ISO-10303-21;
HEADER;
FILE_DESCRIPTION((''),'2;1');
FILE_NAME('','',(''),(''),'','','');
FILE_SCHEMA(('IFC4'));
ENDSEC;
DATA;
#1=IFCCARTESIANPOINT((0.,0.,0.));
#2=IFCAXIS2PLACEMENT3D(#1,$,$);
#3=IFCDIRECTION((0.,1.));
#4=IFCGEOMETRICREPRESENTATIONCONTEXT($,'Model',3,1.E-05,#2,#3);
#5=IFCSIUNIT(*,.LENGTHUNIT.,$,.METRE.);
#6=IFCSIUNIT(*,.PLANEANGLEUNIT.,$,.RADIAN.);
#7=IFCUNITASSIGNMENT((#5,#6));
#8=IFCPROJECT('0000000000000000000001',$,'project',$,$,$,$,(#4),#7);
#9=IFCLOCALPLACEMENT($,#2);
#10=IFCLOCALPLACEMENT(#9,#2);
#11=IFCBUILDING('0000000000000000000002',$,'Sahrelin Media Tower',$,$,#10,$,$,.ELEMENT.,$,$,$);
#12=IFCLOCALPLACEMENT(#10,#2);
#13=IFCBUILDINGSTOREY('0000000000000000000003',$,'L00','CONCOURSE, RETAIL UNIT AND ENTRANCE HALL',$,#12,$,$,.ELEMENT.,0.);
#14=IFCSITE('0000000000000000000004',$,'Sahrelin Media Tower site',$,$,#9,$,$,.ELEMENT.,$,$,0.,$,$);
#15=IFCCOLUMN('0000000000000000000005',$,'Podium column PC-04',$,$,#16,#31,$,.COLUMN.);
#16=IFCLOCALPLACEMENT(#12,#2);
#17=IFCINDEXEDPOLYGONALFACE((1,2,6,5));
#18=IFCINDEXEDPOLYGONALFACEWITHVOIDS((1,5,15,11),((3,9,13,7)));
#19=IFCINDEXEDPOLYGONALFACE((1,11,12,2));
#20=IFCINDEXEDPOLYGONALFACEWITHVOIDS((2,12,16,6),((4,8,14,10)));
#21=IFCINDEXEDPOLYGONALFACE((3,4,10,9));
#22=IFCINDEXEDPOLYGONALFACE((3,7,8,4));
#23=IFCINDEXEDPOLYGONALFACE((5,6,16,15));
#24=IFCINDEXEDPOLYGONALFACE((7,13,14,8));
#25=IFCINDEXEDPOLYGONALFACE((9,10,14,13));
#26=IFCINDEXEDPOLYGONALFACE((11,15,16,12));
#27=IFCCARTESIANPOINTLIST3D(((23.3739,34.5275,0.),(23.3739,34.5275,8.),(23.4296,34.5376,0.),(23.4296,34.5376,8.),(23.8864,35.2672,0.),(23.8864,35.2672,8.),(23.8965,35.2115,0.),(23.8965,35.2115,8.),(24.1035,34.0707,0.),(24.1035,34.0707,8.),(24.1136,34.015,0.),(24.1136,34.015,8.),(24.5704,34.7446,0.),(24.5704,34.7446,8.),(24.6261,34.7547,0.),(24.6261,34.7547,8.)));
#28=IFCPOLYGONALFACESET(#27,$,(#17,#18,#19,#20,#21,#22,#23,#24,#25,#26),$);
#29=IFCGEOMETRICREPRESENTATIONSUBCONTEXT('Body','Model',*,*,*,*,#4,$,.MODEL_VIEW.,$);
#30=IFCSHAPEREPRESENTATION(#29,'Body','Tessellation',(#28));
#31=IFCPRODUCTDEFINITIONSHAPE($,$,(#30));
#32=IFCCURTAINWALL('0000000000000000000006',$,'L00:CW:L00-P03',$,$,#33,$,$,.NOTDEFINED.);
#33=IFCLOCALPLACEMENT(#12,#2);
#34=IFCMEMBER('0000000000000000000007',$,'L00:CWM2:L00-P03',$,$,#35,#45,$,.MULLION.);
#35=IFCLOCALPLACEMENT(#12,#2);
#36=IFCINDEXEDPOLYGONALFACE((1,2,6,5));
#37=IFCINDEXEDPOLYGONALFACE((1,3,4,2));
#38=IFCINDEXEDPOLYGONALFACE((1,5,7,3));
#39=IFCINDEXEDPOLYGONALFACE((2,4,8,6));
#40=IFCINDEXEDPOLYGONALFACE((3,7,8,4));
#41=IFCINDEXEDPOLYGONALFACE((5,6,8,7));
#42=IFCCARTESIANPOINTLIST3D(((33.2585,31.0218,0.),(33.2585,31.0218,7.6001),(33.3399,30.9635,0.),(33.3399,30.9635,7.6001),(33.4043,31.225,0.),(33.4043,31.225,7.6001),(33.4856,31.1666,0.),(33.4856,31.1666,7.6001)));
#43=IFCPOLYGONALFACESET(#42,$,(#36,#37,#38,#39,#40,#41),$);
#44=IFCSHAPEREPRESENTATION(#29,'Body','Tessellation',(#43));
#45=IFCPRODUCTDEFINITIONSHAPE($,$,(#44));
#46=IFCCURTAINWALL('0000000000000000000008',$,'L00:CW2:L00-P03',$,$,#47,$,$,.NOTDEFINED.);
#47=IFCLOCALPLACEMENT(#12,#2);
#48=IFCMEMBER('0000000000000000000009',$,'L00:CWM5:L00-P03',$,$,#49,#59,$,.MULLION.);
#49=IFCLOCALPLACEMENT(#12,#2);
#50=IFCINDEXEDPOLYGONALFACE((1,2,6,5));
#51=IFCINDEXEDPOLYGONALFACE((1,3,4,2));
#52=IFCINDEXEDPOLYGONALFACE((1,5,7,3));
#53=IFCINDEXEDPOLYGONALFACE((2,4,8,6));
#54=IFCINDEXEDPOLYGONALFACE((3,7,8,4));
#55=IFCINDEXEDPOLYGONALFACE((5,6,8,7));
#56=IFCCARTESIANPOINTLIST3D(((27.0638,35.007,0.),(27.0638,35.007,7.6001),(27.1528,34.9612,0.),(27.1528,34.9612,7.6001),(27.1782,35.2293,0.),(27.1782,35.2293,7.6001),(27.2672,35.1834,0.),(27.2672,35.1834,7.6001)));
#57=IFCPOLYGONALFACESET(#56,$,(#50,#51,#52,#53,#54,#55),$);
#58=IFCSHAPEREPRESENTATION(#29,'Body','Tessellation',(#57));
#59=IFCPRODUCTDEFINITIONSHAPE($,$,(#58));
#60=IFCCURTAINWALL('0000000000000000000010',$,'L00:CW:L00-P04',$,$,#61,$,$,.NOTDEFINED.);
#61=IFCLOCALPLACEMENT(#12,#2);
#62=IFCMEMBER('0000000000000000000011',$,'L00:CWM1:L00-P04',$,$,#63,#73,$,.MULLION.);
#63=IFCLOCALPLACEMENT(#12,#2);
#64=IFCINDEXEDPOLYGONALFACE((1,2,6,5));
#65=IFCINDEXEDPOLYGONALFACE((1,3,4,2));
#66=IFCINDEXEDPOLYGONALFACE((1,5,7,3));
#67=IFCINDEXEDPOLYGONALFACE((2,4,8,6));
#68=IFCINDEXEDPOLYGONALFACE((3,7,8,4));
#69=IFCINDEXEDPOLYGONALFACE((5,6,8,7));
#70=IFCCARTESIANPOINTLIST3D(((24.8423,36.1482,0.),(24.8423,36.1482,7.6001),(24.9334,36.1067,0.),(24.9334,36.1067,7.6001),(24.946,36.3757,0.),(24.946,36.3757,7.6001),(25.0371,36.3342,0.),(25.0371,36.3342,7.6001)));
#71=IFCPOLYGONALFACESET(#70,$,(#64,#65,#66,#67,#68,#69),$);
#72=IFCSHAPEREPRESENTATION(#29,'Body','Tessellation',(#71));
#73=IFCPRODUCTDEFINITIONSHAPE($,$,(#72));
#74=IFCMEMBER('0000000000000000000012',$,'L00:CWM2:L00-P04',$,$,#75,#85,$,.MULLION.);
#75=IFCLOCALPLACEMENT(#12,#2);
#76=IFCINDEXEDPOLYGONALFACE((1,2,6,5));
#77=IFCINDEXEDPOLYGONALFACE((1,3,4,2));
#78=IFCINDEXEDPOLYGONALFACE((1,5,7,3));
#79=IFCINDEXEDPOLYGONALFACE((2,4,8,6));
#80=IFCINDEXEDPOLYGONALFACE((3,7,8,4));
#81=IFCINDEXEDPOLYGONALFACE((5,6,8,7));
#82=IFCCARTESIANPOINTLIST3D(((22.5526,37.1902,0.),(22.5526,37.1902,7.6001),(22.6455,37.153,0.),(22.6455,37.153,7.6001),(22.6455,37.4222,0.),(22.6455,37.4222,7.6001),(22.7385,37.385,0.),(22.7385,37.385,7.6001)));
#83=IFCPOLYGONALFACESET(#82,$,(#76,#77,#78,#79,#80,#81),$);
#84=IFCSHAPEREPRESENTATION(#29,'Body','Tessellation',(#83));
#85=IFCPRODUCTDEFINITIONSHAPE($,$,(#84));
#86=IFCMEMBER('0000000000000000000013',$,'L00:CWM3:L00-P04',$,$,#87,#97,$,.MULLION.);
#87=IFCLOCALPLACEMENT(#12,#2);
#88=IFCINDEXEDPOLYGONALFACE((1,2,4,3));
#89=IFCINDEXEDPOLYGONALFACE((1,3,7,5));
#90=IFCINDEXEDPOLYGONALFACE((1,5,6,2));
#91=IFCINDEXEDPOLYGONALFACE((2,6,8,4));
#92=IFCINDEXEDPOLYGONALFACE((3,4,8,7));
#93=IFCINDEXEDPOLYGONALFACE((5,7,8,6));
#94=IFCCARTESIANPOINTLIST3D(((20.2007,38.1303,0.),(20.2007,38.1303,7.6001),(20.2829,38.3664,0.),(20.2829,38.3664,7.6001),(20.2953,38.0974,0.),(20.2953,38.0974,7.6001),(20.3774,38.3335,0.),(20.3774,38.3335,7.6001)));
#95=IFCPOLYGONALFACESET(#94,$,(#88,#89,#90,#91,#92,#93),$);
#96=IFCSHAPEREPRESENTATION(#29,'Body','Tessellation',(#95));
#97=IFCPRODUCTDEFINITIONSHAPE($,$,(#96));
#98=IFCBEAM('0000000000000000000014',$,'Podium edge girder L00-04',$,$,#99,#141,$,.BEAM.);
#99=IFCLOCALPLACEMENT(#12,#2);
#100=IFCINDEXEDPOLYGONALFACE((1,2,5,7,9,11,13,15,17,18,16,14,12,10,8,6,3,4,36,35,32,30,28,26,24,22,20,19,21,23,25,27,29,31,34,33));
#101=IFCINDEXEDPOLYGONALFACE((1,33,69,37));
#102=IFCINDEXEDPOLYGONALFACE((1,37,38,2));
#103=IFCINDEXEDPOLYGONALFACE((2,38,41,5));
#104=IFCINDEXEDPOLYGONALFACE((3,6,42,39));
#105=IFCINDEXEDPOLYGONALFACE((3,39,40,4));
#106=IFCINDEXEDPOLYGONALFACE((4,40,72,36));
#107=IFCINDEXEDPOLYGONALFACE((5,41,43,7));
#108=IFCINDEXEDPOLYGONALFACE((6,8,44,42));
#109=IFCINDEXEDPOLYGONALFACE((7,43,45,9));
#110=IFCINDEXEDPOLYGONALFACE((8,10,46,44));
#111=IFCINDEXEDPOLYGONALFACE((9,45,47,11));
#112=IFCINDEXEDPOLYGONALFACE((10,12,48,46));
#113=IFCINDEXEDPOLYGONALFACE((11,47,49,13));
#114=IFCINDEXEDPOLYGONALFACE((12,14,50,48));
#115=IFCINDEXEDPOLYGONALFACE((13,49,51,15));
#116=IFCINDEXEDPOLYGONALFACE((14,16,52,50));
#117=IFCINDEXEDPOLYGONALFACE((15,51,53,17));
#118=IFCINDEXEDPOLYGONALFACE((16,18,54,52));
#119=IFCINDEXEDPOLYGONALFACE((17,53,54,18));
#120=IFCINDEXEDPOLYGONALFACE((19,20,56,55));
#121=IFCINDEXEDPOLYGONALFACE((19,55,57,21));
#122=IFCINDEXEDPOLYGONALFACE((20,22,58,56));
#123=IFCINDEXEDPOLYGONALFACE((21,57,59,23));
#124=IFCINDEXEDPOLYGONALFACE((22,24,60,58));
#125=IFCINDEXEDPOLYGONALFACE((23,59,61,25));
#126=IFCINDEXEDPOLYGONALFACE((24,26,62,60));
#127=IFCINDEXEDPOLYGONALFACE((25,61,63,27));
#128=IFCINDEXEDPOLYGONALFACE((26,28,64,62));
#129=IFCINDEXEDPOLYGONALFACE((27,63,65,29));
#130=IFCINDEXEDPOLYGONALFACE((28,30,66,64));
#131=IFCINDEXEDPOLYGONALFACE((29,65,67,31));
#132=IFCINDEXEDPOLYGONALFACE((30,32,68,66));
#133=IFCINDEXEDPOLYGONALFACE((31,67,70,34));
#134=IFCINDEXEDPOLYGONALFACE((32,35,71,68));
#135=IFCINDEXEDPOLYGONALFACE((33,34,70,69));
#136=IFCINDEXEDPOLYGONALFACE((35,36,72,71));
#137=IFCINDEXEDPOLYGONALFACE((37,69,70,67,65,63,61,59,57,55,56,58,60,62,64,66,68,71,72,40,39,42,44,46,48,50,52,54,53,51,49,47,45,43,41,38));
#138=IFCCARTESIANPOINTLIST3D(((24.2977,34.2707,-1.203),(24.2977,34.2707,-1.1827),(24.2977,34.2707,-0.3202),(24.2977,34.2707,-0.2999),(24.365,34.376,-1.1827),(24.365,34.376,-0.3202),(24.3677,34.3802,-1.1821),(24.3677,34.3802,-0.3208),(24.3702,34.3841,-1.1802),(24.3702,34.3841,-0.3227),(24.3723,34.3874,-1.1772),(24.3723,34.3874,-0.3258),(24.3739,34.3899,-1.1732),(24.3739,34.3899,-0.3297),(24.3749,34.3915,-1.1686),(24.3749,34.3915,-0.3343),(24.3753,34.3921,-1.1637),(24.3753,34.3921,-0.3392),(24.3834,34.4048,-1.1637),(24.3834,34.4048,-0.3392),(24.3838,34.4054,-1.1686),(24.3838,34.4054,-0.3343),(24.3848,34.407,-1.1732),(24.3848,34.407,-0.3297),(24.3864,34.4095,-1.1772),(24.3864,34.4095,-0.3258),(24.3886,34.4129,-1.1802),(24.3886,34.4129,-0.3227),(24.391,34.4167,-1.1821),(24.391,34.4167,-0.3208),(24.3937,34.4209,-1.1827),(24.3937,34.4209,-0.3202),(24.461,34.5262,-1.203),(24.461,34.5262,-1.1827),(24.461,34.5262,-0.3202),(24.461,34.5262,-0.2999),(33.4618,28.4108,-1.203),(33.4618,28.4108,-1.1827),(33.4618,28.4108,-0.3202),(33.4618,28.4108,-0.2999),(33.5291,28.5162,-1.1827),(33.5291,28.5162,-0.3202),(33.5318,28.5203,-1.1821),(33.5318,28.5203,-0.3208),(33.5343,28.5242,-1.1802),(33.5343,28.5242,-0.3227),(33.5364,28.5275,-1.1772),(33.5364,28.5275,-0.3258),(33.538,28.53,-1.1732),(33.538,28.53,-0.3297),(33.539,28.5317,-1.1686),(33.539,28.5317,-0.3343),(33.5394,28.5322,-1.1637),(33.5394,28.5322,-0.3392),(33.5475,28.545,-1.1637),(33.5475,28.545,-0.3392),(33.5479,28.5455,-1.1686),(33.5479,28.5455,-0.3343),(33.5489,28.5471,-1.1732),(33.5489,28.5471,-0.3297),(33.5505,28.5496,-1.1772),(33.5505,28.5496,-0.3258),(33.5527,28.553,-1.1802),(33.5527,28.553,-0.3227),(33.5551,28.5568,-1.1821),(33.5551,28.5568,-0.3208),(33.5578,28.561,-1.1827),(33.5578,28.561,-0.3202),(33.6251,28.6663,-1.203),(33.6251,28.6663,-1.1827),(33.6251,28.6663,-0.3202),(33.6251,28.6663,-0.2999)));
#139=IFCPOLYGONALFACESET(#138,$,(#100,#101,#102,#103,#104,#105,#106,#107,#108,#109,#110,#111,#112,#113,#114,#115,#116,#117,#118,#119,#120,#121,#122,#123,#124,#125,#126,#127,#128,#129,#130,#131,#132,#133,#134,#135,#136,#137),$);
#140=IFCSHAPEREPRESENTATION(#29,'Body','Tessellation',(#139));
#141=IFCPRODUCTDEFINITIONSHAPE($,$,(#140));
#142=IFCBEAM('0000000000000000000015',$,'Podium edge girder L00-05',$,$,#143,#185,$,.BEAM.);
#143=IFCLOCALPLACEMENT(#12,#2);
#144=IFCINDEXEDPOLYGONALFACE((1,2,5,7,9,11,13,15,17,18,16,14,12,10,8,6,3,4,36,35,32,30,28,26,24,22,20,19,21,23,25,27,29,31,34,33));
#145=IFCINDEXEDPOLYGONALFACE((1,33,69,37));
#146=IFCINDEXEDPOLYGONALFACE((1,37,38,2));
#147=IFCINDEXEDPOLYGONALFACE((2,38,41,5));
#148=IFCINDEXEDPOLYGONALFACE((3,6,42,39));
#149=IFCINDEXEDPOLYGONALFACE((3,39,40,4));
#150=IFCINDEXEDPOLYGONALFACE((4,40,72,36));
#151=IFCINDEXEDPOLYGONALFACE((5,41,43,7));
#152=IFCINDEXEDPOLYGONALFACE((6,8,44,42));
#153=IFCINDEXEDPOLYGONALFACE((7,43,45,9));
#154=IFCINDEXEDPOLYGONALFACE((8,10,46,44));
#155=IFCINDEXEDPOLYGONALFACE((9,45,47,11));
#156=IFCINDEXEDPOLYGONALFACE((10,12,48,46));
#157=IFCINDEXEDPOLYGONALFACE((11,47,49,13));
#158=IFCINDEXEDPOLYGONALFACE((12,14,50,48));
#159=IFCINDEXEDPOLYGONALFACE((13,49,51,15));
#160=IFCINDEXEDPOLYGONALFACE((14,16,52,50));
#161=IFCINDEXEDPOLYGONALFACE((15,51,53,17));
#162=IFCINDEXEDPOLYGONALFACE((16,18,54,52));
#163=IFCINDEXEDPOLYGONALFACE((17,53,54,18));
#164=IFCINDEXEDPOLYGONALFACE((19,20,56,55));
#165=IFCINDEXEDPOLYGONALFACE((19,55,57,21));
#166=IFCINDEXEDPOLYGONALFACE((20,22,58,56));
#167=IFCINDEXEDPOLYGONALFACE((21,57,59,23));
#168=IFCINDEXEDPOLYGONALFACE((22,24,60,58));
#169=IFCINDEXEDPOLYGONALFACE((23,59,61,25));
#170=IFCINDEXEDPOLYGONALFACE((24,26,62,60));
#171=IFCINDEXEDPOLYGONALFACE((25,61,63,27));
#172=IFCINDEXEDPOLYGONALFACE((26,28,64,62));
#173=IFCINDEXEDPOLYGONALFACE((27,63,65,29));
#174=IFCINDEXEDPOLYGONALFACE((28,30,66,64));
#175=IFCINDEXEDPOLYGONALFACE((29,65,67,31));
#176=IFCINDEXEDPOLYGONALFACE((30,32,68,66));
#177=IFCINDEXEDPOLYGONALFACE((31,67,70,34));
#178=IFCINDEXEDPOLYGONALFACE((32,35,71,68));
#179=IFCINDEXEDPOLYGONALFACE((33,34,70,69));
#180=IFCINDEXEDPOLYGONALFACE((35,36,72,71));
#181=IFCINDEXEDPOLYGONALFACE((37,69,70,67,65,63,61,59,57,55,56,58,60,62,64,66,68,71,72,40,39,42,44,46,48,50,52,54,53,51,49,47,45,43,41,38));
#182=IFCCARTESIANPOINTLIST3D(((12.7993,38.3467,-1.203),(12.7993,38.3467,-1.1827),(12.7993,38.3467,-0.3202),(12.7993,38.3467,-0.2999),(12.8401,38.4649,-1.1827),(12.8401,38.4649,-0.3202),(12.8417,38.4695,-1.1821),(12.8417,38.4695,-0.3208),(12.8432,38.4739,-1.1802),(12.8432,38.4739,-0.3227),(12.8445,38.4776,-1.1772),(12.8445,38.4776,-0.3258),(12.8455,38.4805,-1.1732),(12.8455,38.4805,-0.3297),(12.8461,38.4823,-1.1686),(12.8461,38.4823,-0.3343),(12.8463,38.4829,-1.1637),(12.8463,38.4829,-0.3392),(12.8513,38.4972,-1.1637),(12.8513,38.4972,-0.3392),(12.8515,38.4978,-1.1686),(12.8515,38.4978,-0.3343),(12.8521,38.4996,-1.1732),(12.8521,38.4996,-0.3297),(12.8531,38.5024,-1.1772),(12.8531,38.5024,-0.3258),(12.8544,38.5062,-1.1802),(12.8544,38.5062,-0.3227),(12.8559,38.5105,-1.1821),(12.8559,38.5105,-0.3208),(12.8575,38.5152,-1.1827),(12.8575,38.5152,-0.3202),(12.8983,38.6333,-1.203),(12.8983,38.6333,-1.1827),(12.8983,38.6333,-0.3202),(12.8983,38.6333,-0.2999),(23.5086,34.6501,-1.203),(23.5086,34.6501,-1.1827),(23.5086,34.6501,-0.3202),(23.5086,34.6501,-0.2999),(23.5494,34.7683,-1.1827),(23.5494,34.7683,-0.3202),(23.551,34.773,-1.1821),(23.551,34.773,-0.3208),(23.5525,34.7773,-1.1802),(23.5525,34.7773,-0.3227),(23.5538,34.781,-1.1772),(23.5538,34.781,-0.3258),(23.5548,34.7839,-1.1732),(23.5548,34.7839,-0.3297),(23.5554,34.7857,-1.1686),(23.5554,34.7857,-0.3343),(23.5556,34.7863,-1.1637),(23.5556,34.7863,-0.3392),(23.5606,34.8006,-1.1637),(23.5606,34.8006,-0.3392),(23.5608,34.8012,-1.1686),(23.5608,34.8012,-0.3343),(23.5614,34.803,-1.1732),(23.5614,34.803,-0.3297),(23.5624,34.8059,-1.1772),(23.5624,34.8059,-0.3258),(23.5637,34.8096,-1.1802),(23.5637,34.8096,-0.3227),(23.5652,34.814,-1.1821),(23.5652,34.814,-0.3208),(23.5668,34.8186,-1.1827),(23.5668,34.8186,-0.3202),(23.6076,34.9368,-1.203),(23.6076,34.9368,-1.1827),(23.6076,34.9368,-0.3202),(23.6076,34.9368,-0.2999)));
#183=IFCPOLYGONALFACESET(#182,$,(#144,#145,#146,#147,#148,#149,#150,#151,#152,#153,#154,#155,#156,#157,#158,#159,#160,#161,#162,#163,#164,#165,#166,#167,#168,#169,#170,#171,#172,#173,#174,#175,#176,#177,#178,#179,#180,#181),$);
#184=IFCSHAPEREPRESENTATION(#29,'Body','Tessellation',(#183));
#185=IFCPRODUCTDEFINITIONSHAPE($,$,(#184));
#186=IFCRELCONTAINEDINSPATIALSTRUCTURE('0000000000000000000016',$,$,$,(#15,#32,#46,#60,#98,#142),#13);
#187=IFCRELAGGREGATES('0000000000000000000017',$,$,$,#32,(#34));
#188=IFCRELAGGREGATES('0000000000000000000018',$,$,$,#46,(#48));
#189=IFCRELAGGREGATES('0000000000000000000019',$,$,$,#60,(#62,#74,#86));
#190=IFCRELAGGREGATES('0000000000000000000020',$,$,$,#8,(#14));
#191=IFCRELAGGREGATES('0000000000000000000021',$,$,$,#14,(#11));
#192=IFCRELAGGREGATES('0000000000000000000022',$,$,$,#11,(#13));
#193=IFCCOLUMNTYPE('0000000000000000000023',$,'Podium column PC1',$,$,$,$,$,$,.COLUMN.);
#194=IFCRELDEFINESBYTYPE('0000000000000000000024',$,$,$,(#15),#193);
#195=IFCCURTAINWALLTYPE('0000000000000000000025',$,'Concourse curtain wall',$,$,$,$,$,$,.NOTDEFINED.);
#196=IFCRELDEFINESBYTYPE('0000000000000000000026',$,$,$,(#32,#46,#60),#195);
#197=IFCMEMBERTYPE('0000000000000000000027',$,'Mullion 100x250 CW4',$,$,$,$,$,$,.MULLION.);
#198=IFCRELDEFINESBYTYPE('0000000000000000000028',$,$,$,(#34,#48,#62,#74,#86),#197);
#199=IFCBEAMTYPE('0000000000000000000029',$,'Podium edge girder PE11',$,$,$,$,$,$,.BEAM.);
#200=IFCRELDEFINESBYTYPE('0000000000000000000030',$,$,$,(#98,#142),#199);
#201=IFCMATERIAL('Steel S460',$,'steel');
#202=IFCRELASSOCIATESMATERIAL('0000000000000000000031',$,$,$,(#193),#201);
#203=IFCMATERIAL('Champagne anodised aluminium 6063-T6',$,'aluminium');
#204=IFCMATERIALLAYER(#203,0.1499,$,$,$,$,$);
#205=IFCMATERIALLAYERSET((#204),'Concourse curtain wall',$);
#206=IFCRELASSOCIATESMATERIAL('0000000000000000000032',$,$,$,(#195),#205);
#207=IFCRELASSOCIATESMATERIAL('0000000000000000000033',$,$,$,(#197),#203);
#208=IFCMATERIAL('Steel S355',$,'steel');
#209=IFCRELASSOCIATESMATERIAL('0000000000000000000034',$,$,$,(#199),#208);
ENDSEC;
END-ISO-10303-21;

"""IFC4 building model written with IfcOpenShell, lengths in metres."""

from ifc_helpers import new_model, si_unit, direction, frame, origin, origin_2d, place, context, subcontext, project, spatial, rectangle, hollow_rectangle, i_section, extrude, material, layer, layer_set, material_profile, profile_set, type_object, element, aggregate, save


model = new_model("IFC4")

# Units and contexts
model_context = context("Model", 3, precision=1e-05, world=origin(), true_north=direction((0.0, 1.0)))
body_context = subcontext(model_context, "Body", "Model", "MODEL_VIEW")
ifc_project = project(units=[si_unit("LENGTHUNIT", "METRE"), si_unit("PLANEANGLEUNIT", "RADIAN")], contexts=[model_context])

# Site, building, storey
site_placement = place(None, origin())
site = spatial("IfcSite", under=ifc_project, at=site_placement, Name="Sahrelin Media Tower site", CompositionType="ELEMENT", RefElevation=0.0)
building_placement = place(site_placement, origin())
building = spatial("IfcBuilding", under=site, at=building_placement, Name="Sahrelin Media Tower", CompositionType="ELEMENT")
storey_placement = place(building_placement, origin())
storey = spatial("IfcBuildingStorey", under=building, at=storey_placement, Name="L00", Description="CONCOURSE, RETAIL UNIT AND ENTRANCE HALL", CompositionType="ELEMENT", Elevation=0.0)

# Column
ifc_material_1 = material(Name="Steel S460", Category="steel")
ifc_material_profile_1 = material_profile(ifc_material_1, hollow_rectangle(XDim=0.8999, YDim=0.8999, WallThickness=0.04, at=origin_2d()), Name="Podium column PC1")
ifc_profile_set_1 = profile_set([ifc_material_profile_1], Name="Steel S460")
column_type = type_object("IfcColumnType", Name="Podium column PC1", PredefinedType="COLUMN", material=ifc_profile_set_1)
column_placement = place(storey_placement, frame((24.0, 34.6411, 0.0), z_axis=(0.0, 0.0, 1.0), x_axis=(0.569495, 0.821995, 0.0)))
element("IfcColumn", 1, at=column_placement, inside=storey, type_object=column_type, Name="Podium column PC-04", PredefinedType="COLUMN", context=body_context, shape_type="SweptSolid", body=[
    extrude(hollow_rectangle(XDim=0.8999, YDim=0.8999, WallThickness=0.04, at=origin_2d()), origin(), (0.0, 0.0, 1.0), 8.0),
])

# Curtain walls, members
ifc_material_2 = material(Name="Champagne anodised aluminium 6063-T6", Category="aluminium")
ifc_layer_1 = layer(ifc_material_2, 0.1499)
ifc_layer_set_1 = layer_set([ifc_layer_1], Name="Concourse curtain wall")
curtain_wall_type = type_object("IfcCurtainWallType", Name="Concourse curtain wall", PredefinedType="NOTDEFINED", material=ifc_layer_set_1)
curtain_wall_1_placement = place(storey_placement, frame((35.3552, 29.6985, 0.0), z_axis=(0.0, 0.0, 1.0), x_axis=(1.0, 0.0, 0.0)))
curtain_wall_1 = element("IfcCurtainWall", 2, at=curtain_wall_1_placement, inside=storey, type_object=curtain_wall_type, Name="L00:CW:L00-P03", PredefinedType="NOTDEFINED")
ifc_material_profile_2 = material_profile(ifc_material_2, rectangle(XDim=0.1001, YDim=0.25, at=origin_2d()), Name="Mullion 100x250")
ifc_profile_set_2 = profile_set([ifc_material_profile_2], Name="Champagne anodised aluminium 6063-T6")
member_type_1 = type_object("IfcMemberType", Name="Mullion 100x250 CW4", PredefinedType="MULLION", material=ifc_profile_set_2)
member_1_placement = place(storey_placement, frame((33.3721, 31.0942, 0.0), z_axis=(0.0, 0.0, 1.0), x_axis=(-0.812532, 0.582916, 0.0)))
member_1 = element("IfcMember", 3, at=member_1_placement, type_object=member_type_1, Name="L00:CWM2:L00-P03", PredefinedType="MULLION", context=body_context, shape_type="SweptSolid", body=[
    extrude(rectangle(XDim=0.1001, YDim=0.25, at=origin_2d()), origin(), (0.0, 0.0, 1.0), 7.6001),
])
curtain_wall_2_placement = place(storey_placement, frame((29.0757, 34.1599, 0.0), z_axis=(0.0, 0.0, 1.0), x_axis=(1.0, 0.0, 0.0)))
curtain_wall_2 = element("IfcCurtainWall", 4, at=curtain_wall_2_placement, inside=storey, type_object=curtain_wall_type, Name="L00:CW2:L00-P03", PredefinedType="NOTDEFINED")
member_2_placement = place(storey_placement, frame((27.1655, 35.0952, 0.0), z_axis=(0.0, 0.0, 1.0), x_axis=(-0.889123, 0.457668, 0.0)))
member_2 = element("IfcMember", 5, at=member_2_placement, type_object=member_type_1, Name="L00:CWM5:L00-P03", PredefinedType="MULLION", context=body_context, shape_type="SweptSolid", body=[
    extrude(rectangle(XDim=0.1001, YDim=0.25, at=origin_2d()), origin(), (0.0, 0.0, 1.0), 7.6001),
])

# Curtain wall, members
curtain_wall_3_placement = place(storey_placement, frame((25.0, 36.373, 0.0), z_axis=(0.0, 0.0, 1.0), x_axis=(1.0, 0.0, 0.0)))
curtain_wall_3 = element("IfcCurtainWall", 6, at=curtain_wall_3_placement, inside=storey, type_object=curtain_wall_type, Name="L00:CW:L00-P04", PredefinedType="NOTDEFINED")
member_3_placement = place(storey_placement, frame((24.9397, 36.2412, 0.0), z_axis=(0.0, 0.0, 1.0), x_axis=(-0.909842, 0.414955, 0.0)))
member_3 = element("IfcMember", 7, at=member_3_placement, type_object=member_type_1, Name="L00:CWM1:L00-P04", PredefinedType="MULLION", context=body_context, shape_type="SweptSolid", body=[
    extrude(rectangle(XDim=0.1001, YDim=0.25, at=origin_2d()), origin(), (0.0, 0.0, 1.0), 7.6001),
])
member_4_placement = place(storey_placement, frame((22.6455, 37.2876, 0.0), z_axis=(0.0, 0.0, 1.0), x_axis=(-0.92827, 0.371906, 0.0)))
member_4 = element("IfcMember", 8, at=member_4_placement, type_object=member_type_1, Name="L00:CWM2:L00-P04", PredefinedType="MULLION", context=body_context, shape_type="SweptSolid", body=[
    extrude(rectangle(XDim=0.1001, YDim=0.25, at=origin_2d()), origin(), (0.0, 0.0, 1.0), 7.6001),
])
member_5_placement = place(storey_placement, frame((20.2891, 38.2319, 0.0), z_axis=(0.0, 0.0, 1.0), x_axis=(-0.944458, 0.328631, 0.0)))
member_5 = element("IfcMember", 9, at=member_5_placement, type_object=member_type_1, Name="L00:CWM3:L00-P04", PredefinedType="MULLION", context=body_context, shape_type="SweptSolid", body=[
    extrude(rectangle(XDim=0.1001, YDim=0.25, at=origin_2d()), origin(), (0.0, 0.0, 1.0), 7.6001),
])

# Beams
ifc_material_3 = material(Name="Steel S355", Category="steel")
ifc_material_profile_3 = material_profile(ifc_material_3, i_section(OverallWidth=0.3032, OverallDepth=0.9031, WebThickness=0.0151, FlangeThickness=0.0203, FilletRadius=0.019, at=origin_2d()), Name="UB 914x305x201")
ifc_profile_set_3 = profile_set([ifc_material_profile_3], Name="Steel S355")
beam_type_1 = type_object("IfcBeamType", Name="Podium edge girder PE11", PredefinedType="BEAM", material=ifc_profile_set_3)
beam_1_placement = place(storey_placement, frame((33.5435, 28.5386, -0.7515), z_axis=(-0.842486, 0.538719, 0.0), x_axis=(-0.538719, -0.842486, 0.0)))
element("IfcBeam", 10, at=beam_1_placement, inside=storey, type_object=beam_type_1, Name="Podium edge girder L00-04", PredefinedType="BEAM", context=body_context, shape_type="SweptSolid", body=[
    extrude(i_section(OverallWidth=0.3032, OverallDepth=0.9031, WebThickness=0.0151, FlangeThickness=0.0203, FilletRadius=0.019, at=origin_2d()), origin(), (0.0, 0.0, 1.0), 10.8774),
])
beam_2_placement = place(storey_placement, frame((23.5581, 34.7935, -0.7515), z_axis=(-0.945272, 0.326282, 0.0), x_axis=(-0.326282, -0.945272, 0.0)))
element("IfcBeam", 11, at=beam_2_placement, inside=storey, type_object=beam_type_1, Name="Podium edge girder L00-05", PredefinedType="BEAM", context=body_context, shape_type="SweptSolid", body=[
    extrude(i_section(OverallWidth=0.3032, OverallDepth=0.9031, WebThickness=0.0151, FlangeThickness=0.0203, FilletRadius=0.019, at=origin_2d()), origin(), (0.0, 0.0, 1.0), 11.3293),
])

aggregate(curtain_wall_1, [member_1])
aggregate(curtain_wall_2, [member_2])
aggregate(curtain_wall_3, [member_3, member_4, member_5])

save(model, "model.ifc")
